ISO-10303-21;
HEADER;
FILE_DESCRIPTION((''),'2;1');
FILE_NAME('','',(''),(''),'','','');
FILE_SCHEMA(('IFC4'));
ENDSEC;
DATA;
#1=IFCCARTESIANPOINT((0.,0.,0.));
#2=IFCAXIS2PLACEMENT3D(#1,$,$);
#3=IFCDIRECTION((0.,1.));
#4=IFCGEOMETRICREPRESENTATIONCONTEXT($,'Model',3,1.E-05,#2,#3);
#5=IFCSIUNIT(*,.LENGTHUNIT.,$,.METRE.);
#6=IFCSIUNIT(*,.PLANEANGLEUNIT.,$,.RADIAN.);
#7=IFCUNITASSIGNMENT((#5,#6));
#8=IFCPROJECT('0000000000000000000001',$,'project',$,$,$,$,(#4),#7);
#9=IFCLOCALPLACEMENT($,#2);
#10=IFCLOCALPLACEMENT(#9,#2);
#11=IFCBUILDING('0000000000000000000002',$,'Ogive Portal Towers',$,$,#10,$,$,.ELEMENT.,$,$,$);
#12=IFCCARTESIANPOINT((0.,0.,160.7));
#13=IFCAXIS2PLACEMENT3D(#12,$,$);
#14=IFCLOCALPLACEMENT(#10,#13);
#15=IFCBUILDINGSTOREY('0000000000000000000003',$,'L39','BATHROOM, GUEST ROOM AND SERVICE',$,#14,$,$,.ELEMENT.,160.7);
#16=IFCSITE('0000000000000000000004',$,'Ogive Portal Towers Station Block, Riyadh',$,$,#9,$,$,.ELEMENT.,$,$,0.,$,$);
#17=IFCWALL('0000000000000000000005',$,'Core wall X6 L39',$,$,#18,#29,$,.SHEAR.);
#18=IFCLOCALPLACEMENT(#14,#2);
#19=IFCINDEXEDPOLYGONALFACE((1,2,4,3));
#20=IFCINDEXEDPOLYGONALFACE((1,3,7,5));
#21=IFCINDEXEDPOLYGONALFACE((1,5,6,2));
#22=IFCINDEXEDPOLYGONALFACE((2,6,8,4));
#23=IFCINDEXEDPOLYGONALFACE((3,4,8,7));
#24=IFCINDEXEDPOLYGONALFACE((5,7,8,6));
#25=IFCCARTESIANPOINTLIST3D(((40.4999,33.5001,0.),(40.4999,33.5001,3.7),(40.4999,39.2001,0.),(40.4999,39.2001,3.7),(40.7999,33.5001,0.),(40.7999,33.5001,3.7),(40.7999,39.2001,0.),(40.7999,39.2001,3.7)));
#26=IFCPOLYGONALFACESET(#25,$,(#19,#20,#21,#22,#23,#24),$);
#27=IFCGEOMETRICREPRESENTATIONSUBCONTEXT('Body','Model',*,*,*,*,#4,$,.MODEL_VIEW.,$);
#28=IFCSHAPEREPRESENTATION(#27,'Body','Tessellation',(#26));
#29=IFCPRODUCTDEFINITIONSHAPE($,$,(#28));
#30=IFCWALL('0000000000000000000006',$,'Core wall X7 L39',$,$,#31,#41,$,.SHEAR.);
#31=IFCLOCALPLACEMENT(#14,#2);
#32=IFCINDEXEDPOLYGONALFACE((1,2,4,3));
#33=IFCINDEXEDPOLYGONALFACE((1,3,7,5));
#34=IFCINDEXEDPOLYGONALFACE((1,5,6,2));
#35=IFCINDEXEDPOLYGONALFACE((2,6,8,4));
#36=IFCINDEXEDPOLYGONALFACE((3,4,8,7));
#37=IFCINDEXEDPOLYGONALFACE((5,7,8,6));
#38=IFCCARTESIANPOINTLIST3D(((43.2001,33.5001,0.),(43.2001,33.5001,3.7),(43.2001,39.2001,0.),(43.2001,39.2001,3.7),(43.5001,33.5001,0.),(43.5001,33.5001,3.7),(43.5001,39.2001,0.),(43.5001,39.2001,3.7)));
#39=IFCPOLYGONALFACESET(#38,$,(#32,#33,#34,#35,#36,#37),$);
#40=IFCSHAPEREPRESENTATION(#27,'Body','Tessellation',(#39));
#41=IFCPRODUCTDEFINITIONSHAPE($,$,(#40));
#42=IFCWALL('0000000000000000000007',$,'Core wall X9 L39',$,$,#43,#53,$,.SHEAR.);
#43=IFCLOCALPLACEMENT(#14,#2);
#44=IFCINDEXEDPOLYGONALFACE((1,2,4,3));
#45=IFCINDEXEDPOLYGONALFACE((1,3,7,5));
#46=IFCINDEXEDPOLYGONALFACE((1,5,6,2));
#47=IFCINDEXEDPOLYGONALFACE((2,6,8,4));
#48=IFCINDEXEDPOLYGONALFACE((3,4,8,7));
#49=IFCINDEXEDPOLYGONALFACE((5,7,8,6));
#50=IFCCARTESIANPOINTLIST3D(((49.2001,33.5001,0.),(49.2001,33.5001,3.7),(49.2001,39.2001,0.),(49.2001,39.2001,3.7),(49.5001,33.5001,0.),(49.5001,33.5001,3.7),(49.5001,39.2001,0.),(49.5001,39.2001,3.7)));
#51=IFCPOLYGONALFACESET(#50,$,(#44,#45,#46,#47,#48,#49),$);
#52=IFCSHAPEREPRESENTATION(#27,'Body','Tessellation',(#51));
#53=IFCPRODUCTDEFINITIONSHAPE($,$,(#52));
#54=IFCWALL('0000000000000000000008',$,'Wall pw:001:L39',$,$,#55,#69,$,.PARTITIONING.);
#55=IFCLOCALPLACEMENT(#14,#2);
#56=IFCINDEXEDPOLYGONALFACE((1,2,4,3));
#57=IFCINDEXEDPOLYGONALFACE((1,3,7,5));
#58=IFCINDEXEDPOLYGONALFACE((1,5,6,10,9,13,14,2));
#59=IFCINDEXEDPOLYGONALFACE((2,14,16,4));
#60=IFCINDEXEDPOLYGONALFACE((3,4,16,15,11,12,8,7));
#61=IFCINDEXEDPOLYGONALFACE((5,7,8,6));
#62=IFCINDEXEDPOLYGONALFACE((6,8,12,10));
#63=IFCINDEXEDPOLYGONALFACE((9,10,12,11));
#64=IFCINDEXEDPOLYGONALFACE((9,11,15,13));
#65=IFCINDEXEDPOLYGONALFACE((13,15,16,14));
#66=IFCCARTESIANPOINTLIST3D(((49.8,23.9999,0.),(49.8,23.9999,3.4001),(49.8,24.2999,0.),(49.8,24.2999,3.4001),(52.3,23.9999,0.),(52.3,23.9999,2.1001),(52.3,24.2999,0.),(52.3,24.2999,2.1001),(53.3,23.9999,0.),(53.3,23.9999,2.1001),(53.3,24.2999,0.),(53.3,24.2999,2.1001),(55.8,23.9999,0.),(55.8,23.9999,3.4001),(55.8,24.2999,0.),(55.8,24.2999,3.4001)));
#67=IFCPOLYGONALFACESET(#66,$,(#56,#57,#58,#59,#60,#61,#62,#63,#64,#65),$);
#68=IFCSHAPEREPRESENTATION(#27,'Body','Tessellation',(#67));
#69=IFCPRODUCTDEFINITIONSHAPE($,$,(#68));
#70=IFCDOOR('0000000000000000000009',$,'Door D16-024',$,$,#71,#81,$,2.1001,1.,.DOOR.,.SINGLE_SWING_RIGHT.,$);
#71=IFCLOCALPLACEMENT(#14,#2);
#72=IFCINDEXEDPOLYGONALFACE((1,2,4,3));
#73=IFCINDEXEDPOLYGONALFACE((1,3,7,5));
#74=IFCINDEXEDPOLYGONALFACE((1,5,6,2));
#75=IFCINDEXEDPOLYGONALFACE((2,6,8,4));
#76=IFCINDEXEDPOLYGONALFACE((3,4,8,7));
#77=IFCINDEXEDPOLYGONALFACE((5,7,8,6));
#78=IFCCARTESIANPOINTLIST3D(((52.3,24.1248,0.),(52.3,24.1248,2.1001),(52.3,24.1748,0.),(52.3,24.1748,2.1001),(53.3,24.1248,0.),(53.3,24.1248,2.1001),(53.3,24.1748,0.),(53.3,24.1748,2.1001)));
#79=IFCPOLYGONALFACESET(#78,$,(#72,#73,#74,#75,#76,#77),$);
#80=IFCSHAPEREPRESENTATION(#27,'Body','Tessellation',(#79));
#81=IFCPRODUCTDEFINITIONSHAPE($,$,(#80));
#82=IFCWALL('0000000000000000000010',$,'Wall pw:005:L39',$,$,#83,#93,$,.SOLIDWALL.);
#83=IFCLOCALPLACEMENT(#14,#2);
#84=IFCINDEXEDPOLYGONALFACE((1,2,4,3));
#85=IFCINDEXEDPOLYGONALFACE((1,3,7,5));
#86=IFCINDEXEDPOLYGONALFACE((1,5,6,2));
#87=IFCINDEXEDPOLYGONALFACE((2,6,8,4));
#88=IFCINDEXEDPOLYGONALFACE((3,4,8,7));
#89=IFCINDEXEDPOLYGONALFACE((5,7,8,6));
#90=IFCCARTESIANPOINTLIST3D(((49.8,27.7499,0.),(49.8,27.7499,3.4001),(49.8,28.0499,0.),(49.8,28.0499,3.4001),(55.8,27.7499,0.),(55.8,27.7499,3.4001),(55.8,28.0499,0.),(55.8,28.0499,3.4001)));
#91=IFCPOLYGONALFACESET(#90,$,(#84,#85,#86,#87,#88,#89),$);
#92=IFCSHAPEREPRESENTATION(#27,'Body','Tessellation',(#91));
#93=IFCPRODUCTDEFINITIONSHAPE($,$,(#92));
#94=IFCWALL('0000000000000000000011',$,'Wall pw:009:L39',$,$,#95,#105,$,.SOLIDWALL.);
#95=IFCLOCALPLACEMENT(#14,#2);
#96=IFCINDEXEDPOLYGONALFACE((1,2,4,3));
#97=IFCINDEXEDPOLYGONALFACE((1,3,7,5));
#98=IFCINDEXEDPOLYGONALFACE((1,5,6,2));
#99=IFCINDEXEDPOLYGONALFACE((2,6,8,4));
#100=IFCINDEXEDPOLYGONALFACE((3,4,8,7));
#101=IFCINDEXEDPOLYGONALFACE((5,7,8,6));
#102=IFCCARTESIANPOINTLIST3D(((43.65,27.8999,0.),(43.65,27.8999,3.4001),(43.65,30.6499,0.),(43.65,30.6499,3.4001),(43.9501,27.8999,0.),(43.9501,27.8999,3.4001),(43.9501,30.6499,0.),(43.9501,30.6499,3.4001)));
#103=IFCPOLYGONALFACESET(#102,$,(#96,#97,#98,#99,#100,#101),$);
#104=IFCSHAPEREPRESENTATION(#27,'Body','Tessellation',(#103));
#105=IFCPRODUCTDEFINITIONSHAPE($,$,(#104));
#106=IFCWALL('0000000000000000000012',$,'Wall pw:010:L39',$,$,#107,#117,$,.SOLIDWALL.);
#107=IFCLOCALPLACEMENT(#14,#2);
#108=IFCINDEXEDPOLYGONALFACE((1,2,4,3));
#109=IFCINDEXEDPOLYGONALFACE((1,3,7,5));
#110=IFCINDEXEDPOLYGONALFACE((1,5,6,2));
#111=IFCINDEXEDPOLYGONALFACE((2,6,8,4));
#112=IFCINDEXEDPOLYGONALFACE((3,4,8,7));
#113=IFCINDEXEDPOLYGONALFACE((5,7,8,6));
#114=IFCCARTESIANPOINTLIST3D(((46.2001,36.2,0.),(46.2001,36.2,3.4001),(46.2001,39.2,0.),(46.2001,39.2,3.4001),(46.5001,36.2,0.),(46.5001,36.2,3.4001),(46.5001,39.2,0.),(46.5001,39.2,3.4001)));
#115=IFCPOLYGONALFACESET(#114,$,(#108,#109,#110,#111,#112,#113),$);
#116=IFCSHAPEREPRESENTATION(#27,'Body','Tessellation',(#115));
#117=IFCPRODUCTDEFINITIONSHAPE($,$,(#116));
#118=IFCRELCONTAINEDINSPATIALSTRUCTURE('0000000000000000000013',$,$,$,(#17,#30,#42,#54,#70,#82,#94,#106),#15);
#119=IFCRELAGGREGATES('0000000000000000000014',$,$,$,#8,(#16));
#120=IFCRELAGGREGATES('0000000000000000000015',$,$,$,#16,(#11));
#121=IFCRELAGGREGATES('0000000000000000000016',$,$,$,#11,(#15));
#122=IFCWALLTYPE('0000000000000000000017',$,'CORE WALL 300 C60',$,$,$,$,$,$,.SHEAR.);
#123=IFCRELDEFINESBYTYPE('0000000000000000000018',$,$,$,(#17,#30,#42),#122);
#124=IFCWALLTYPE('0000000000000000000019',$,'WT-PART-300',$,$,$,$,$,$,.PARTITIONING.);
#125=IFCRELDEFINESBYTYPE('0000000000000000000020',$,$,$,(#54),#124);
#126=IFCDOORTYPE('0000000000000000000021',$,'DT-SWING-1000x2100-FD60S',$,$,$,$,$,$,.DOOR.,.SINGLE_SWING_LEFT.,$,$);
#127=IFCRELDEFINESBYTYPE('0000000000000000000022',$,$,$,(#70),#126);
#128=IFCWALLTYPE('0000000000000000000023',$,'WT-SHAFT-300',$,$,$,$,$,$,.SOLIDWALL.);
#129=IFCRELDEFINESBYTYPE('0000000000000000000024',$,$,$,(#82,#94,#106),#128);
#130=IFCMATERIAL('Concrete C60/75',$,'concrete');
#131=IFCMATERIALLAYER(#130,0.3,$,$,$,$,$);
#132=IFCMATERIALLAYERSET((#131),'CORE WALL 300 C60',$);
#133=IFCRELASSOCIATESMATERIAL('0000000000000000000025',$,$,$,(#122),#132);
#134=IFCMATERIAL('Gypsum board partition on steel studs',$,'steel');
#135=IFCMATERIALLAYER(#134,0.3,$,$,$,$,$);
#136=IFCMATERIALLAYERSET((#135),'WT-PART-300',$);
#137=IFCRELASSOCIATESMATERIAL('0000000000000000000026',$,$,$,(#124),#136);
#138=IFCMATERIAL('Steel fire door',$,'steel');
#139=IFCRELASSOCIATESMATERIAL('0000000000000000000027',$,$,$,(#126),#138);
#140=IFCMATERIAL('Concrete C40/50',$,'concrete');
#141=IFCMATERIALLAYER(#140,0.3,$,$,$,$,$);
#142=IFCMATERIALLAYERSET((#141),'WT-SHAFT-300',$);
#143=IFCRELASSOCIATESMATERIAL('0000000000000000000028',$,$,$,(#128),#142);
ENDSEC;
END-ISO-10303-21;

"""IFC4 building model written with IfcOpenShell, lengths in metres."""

from ifc_helpers import new_model, si_unit, direction, frame, frame_2d, origin, place, context, subcontext, project, spatial, rectangle, extrude, material, layer, layer_set, type_object, element, fill, save


model = new_model("IFC4")

# Units and contexts
model_context = context("Model", 3, precision=1e-05, world=origin(), true_north=direction((0.0, 1.0)))
body_context = subcontext(model_context, "Body", "Model", "MODEL_VIEW")
ifc_project = project(units=[si_unit("LENGTHUNIT", "METRE"), si_unit("PLANEANGLEUNIT", "RADIAN")], contexts=[model_context])

# Site, building, storey
site_placement = place(None, origin())
site = spatial("IfcSite", under=ifc_project, at=site_placement, Name="Ogive Portal Towers Station Block, Riyadh", CompositionType="ELEMENT", RefElevation=0.0)
building_placement = place(site_placement, origin())
building = spatial("IfcBuilding", under=site, at=building_placement, Name="Ogive Portal Towers", CompositionType="ELEMENT")
storey_placement = place(building_placement, frame((0.0, 0.0, 160.7)))
storey = spatial("IfcBuildingStorey", under=building, at=storey_placement, Name="L39", Description="BATHROOM, GUEST ROOM AND SERVICE", CompositionType="ELEMENT", Elevation=160.7)

# Shared definitions
ifc_material_1 = material(Name="Concrete C60/75", Category="concrete")
ifc_layer_1 = layer(ifc_material_1, 0.3)
ifc_layer_set_1 = layer_set([ifc_layer_1], Name="CORE WALL 300 C60")
wall_type_1 = type_object("IfcWallType", Name="CORE WALL 300 C60", PredefinedType="SHEAR", material=ifc_layer_set_1)
ifc_material_2 = material(Name="Steel fire door", Category="steel")

# Walls
for number, where, z_axis, x_axis, name in (
    (1, (40.6499, 33.5, 0.0), (0.0, 0.0, 1.0), (0.0, 1.0, 0.0), "Core wall X6 L39"),
    (2, (43.3501, 33.5, 0.0), (0.0, 0.0, 1.0), (0.0, 1.0, 0.0), "Core wall X7 L39"),
    (3, (49.3501, 33.5, 0.0), (0.0, 0.0, 1.0), (0.0, 1.0, 0.0), "Core wall X9 L39"),
):
    element("IfcWall", number, at=place(storey_placement, frame(where, z_axis=z_axis, x_axis=x_axis)), inside=storey, type_object=wall_type_1, Name=name, PredefinedType="SHEAR", context=body_context, shape_type="SweptSolid", body=[
        extrude(rectangle(XDim=5.7, YDim=0.3, at=frame_2d((2.8501, 0.0))), origin(), (0.0, 0.0, 1.0), 3.7),
    ])

# Wall, opening, door
ifc_material_3 = material(Name="Gypsum board partition on steel studs", Category="steel")
ifc_layer_2 = layer(ifc_material_3, 0.3)
ifc_layer_set_2 = layer_set([ifc_layer_2], Name="WT-PART-300")
wall_type_2 = type_object("IfcWallType", Name="WT-PART-300", PredefinedType="PARTITIONING", material=ifc_layer_set_2)
wall_1_placement = place(storey_placement, frame((49.8, 24.1499, 0.0), z_axis=(0.0, 0.0, 1.0), x_axis=(1.0, 0.0, 0.0)))
wall_1 = element("IfcWall", 4, at=wall_1_placement, inside=storey, type_object=wall_type_2, Name="Wall pw:001:L39", PredefinedType="PARTITIONING", context=body_context, shape_type="SweptSolid", body=[
    extrude(rectangle(XDim=6.0, YDim=0.3, at=frame_2d((3.0, 0.0))), origin(), (0.0, 0.0, 1.0), 3.4001),
])
opening_1_placement = place(wall_1_placement, frame((2.5, 0.0, 0.0)))
opening_1 = element("IfcOpeningElement", 5, at=opening_1_placement, cuts=wall_1, PredefinedType="OPENING", context=body_context, shape_type="SweptSolid", body=[
    extrude(rectangle(XDim=1.0, YDim=2.1001, at=frame_2d((0.5, 1.05))), frame((0.0, 0.1602, 0.0), z_axis=(0.0, -1.0, 0.0), x_axis=(1.0, 0.0, 0.0)), (0.0, 0.0, 1.0), 0.3201),
])
door_type_1 = type_object("IfcDoorType", Name="DT-SWING-1000x2100-FD60S", OperationType="SINGLE_SWING_LEFT", PredefinedType="DOOR", material=ifc_material_2)
door_1_placement = place(opening_1_placement, origin())
door_1 = element("IfcDoor", 6, at=door_1_placement, inside=storey, type_object=door_type_1, Name="Door D16-024", OperationType="SINGLE_SWING_RIGHT", OverallHeight=2.1001, OverallWidth=1.0, PredefinedType="DOOR", context=body_context, shape_type="SweptSolid", body=[
    extrude(rectangle(XDim=1.0, YDim=2.1001, at=frame_2d((0.5, 1.05))), frame((0.0, 0.0249, 0.0), z_axis=(0.0, -1.0, 0.0), x_axis=(1.0, 0.0, 0.0)), (0.0, 0.0, 1.0), 0.05),
])
fill(opening_1, door_1)

# Shared definitions
ifc_material_4 = material(Name="Concrete C40/50", Category="concrete")
ifc_layer_3 = layer(ifc_material_4, 0.3)
ifc_layer_set_3 = layer_set([ifc_layer_3], Name="WT-SHAFT-300")
wall_type_3 = type_object("IfcWallType", Name="WT-SHAFT-300", PredefinedType="SOLIDWALL", material=ifc_layer_set_3)

# Walls
wall_2_placement = place(storey_placement, frame((49.8, 27.8999, 0.0), z_axis=(0.0, 0.0, 1.0), x_axis=(1.0, 0.0, 0.0)))
element("IfcWall", 7, at=wall_2_placement, inside=storey, type_object=wall_type_3, Name="Wall pw:005:L39", PredefinedType="SOLIDWALL", context=body_context, shape_type="SweptSolid", body=[
    extrude(rectangle(XDim=6.0, YDim=0.3, at=frame_2d((3.0, 0.0))), origin(), (0.0, 0.0, 1.0), 3.4001),
])
wall_3_placement = place(storey_placement, frame((43.8, 27.8999, 0.0), z_axis=(0.0, 0.0, 1.0), x_axis=(0.0, 1.0, 0.0)))
element("IfcWall", 8, at=wall_3_placement, inside=storey, type_object=wall_type_3, Name="Wall pw:009:L39", PredefinedType="SOLIDWALL", context=body_context, shape_type="SweptSolid", body=[
    extrude(rectangle(XDim=2.75, YDim=0.3, at=frame_2d((1.375, 0.0))), origin(), (0.0, 0.0, 1.0), 3.4001),
])
wall_4_placement = place(storey_placement, frame((46.3501, 36.2, 0.0), z_axis=(0.0, 0.0, 1.0), x_axis=(0.0, 1.0, 0.0)))
element("IfcWall", 9, at=wall_4_placement, inside=storey, type_object=wall_type_3, Name="Wall pw:010:L39", PredefinedType="SOLIDWALL", context=body_context, shape_type="SweptSolid", body=[
    extrude(rectangle(XDim=3.0, YDim=0.3, at=frame_2d((1.5, 0.0))), origin(), (0.0, 0.0, 1.0), 3.4001),
])

save(model, "model.ifc")
